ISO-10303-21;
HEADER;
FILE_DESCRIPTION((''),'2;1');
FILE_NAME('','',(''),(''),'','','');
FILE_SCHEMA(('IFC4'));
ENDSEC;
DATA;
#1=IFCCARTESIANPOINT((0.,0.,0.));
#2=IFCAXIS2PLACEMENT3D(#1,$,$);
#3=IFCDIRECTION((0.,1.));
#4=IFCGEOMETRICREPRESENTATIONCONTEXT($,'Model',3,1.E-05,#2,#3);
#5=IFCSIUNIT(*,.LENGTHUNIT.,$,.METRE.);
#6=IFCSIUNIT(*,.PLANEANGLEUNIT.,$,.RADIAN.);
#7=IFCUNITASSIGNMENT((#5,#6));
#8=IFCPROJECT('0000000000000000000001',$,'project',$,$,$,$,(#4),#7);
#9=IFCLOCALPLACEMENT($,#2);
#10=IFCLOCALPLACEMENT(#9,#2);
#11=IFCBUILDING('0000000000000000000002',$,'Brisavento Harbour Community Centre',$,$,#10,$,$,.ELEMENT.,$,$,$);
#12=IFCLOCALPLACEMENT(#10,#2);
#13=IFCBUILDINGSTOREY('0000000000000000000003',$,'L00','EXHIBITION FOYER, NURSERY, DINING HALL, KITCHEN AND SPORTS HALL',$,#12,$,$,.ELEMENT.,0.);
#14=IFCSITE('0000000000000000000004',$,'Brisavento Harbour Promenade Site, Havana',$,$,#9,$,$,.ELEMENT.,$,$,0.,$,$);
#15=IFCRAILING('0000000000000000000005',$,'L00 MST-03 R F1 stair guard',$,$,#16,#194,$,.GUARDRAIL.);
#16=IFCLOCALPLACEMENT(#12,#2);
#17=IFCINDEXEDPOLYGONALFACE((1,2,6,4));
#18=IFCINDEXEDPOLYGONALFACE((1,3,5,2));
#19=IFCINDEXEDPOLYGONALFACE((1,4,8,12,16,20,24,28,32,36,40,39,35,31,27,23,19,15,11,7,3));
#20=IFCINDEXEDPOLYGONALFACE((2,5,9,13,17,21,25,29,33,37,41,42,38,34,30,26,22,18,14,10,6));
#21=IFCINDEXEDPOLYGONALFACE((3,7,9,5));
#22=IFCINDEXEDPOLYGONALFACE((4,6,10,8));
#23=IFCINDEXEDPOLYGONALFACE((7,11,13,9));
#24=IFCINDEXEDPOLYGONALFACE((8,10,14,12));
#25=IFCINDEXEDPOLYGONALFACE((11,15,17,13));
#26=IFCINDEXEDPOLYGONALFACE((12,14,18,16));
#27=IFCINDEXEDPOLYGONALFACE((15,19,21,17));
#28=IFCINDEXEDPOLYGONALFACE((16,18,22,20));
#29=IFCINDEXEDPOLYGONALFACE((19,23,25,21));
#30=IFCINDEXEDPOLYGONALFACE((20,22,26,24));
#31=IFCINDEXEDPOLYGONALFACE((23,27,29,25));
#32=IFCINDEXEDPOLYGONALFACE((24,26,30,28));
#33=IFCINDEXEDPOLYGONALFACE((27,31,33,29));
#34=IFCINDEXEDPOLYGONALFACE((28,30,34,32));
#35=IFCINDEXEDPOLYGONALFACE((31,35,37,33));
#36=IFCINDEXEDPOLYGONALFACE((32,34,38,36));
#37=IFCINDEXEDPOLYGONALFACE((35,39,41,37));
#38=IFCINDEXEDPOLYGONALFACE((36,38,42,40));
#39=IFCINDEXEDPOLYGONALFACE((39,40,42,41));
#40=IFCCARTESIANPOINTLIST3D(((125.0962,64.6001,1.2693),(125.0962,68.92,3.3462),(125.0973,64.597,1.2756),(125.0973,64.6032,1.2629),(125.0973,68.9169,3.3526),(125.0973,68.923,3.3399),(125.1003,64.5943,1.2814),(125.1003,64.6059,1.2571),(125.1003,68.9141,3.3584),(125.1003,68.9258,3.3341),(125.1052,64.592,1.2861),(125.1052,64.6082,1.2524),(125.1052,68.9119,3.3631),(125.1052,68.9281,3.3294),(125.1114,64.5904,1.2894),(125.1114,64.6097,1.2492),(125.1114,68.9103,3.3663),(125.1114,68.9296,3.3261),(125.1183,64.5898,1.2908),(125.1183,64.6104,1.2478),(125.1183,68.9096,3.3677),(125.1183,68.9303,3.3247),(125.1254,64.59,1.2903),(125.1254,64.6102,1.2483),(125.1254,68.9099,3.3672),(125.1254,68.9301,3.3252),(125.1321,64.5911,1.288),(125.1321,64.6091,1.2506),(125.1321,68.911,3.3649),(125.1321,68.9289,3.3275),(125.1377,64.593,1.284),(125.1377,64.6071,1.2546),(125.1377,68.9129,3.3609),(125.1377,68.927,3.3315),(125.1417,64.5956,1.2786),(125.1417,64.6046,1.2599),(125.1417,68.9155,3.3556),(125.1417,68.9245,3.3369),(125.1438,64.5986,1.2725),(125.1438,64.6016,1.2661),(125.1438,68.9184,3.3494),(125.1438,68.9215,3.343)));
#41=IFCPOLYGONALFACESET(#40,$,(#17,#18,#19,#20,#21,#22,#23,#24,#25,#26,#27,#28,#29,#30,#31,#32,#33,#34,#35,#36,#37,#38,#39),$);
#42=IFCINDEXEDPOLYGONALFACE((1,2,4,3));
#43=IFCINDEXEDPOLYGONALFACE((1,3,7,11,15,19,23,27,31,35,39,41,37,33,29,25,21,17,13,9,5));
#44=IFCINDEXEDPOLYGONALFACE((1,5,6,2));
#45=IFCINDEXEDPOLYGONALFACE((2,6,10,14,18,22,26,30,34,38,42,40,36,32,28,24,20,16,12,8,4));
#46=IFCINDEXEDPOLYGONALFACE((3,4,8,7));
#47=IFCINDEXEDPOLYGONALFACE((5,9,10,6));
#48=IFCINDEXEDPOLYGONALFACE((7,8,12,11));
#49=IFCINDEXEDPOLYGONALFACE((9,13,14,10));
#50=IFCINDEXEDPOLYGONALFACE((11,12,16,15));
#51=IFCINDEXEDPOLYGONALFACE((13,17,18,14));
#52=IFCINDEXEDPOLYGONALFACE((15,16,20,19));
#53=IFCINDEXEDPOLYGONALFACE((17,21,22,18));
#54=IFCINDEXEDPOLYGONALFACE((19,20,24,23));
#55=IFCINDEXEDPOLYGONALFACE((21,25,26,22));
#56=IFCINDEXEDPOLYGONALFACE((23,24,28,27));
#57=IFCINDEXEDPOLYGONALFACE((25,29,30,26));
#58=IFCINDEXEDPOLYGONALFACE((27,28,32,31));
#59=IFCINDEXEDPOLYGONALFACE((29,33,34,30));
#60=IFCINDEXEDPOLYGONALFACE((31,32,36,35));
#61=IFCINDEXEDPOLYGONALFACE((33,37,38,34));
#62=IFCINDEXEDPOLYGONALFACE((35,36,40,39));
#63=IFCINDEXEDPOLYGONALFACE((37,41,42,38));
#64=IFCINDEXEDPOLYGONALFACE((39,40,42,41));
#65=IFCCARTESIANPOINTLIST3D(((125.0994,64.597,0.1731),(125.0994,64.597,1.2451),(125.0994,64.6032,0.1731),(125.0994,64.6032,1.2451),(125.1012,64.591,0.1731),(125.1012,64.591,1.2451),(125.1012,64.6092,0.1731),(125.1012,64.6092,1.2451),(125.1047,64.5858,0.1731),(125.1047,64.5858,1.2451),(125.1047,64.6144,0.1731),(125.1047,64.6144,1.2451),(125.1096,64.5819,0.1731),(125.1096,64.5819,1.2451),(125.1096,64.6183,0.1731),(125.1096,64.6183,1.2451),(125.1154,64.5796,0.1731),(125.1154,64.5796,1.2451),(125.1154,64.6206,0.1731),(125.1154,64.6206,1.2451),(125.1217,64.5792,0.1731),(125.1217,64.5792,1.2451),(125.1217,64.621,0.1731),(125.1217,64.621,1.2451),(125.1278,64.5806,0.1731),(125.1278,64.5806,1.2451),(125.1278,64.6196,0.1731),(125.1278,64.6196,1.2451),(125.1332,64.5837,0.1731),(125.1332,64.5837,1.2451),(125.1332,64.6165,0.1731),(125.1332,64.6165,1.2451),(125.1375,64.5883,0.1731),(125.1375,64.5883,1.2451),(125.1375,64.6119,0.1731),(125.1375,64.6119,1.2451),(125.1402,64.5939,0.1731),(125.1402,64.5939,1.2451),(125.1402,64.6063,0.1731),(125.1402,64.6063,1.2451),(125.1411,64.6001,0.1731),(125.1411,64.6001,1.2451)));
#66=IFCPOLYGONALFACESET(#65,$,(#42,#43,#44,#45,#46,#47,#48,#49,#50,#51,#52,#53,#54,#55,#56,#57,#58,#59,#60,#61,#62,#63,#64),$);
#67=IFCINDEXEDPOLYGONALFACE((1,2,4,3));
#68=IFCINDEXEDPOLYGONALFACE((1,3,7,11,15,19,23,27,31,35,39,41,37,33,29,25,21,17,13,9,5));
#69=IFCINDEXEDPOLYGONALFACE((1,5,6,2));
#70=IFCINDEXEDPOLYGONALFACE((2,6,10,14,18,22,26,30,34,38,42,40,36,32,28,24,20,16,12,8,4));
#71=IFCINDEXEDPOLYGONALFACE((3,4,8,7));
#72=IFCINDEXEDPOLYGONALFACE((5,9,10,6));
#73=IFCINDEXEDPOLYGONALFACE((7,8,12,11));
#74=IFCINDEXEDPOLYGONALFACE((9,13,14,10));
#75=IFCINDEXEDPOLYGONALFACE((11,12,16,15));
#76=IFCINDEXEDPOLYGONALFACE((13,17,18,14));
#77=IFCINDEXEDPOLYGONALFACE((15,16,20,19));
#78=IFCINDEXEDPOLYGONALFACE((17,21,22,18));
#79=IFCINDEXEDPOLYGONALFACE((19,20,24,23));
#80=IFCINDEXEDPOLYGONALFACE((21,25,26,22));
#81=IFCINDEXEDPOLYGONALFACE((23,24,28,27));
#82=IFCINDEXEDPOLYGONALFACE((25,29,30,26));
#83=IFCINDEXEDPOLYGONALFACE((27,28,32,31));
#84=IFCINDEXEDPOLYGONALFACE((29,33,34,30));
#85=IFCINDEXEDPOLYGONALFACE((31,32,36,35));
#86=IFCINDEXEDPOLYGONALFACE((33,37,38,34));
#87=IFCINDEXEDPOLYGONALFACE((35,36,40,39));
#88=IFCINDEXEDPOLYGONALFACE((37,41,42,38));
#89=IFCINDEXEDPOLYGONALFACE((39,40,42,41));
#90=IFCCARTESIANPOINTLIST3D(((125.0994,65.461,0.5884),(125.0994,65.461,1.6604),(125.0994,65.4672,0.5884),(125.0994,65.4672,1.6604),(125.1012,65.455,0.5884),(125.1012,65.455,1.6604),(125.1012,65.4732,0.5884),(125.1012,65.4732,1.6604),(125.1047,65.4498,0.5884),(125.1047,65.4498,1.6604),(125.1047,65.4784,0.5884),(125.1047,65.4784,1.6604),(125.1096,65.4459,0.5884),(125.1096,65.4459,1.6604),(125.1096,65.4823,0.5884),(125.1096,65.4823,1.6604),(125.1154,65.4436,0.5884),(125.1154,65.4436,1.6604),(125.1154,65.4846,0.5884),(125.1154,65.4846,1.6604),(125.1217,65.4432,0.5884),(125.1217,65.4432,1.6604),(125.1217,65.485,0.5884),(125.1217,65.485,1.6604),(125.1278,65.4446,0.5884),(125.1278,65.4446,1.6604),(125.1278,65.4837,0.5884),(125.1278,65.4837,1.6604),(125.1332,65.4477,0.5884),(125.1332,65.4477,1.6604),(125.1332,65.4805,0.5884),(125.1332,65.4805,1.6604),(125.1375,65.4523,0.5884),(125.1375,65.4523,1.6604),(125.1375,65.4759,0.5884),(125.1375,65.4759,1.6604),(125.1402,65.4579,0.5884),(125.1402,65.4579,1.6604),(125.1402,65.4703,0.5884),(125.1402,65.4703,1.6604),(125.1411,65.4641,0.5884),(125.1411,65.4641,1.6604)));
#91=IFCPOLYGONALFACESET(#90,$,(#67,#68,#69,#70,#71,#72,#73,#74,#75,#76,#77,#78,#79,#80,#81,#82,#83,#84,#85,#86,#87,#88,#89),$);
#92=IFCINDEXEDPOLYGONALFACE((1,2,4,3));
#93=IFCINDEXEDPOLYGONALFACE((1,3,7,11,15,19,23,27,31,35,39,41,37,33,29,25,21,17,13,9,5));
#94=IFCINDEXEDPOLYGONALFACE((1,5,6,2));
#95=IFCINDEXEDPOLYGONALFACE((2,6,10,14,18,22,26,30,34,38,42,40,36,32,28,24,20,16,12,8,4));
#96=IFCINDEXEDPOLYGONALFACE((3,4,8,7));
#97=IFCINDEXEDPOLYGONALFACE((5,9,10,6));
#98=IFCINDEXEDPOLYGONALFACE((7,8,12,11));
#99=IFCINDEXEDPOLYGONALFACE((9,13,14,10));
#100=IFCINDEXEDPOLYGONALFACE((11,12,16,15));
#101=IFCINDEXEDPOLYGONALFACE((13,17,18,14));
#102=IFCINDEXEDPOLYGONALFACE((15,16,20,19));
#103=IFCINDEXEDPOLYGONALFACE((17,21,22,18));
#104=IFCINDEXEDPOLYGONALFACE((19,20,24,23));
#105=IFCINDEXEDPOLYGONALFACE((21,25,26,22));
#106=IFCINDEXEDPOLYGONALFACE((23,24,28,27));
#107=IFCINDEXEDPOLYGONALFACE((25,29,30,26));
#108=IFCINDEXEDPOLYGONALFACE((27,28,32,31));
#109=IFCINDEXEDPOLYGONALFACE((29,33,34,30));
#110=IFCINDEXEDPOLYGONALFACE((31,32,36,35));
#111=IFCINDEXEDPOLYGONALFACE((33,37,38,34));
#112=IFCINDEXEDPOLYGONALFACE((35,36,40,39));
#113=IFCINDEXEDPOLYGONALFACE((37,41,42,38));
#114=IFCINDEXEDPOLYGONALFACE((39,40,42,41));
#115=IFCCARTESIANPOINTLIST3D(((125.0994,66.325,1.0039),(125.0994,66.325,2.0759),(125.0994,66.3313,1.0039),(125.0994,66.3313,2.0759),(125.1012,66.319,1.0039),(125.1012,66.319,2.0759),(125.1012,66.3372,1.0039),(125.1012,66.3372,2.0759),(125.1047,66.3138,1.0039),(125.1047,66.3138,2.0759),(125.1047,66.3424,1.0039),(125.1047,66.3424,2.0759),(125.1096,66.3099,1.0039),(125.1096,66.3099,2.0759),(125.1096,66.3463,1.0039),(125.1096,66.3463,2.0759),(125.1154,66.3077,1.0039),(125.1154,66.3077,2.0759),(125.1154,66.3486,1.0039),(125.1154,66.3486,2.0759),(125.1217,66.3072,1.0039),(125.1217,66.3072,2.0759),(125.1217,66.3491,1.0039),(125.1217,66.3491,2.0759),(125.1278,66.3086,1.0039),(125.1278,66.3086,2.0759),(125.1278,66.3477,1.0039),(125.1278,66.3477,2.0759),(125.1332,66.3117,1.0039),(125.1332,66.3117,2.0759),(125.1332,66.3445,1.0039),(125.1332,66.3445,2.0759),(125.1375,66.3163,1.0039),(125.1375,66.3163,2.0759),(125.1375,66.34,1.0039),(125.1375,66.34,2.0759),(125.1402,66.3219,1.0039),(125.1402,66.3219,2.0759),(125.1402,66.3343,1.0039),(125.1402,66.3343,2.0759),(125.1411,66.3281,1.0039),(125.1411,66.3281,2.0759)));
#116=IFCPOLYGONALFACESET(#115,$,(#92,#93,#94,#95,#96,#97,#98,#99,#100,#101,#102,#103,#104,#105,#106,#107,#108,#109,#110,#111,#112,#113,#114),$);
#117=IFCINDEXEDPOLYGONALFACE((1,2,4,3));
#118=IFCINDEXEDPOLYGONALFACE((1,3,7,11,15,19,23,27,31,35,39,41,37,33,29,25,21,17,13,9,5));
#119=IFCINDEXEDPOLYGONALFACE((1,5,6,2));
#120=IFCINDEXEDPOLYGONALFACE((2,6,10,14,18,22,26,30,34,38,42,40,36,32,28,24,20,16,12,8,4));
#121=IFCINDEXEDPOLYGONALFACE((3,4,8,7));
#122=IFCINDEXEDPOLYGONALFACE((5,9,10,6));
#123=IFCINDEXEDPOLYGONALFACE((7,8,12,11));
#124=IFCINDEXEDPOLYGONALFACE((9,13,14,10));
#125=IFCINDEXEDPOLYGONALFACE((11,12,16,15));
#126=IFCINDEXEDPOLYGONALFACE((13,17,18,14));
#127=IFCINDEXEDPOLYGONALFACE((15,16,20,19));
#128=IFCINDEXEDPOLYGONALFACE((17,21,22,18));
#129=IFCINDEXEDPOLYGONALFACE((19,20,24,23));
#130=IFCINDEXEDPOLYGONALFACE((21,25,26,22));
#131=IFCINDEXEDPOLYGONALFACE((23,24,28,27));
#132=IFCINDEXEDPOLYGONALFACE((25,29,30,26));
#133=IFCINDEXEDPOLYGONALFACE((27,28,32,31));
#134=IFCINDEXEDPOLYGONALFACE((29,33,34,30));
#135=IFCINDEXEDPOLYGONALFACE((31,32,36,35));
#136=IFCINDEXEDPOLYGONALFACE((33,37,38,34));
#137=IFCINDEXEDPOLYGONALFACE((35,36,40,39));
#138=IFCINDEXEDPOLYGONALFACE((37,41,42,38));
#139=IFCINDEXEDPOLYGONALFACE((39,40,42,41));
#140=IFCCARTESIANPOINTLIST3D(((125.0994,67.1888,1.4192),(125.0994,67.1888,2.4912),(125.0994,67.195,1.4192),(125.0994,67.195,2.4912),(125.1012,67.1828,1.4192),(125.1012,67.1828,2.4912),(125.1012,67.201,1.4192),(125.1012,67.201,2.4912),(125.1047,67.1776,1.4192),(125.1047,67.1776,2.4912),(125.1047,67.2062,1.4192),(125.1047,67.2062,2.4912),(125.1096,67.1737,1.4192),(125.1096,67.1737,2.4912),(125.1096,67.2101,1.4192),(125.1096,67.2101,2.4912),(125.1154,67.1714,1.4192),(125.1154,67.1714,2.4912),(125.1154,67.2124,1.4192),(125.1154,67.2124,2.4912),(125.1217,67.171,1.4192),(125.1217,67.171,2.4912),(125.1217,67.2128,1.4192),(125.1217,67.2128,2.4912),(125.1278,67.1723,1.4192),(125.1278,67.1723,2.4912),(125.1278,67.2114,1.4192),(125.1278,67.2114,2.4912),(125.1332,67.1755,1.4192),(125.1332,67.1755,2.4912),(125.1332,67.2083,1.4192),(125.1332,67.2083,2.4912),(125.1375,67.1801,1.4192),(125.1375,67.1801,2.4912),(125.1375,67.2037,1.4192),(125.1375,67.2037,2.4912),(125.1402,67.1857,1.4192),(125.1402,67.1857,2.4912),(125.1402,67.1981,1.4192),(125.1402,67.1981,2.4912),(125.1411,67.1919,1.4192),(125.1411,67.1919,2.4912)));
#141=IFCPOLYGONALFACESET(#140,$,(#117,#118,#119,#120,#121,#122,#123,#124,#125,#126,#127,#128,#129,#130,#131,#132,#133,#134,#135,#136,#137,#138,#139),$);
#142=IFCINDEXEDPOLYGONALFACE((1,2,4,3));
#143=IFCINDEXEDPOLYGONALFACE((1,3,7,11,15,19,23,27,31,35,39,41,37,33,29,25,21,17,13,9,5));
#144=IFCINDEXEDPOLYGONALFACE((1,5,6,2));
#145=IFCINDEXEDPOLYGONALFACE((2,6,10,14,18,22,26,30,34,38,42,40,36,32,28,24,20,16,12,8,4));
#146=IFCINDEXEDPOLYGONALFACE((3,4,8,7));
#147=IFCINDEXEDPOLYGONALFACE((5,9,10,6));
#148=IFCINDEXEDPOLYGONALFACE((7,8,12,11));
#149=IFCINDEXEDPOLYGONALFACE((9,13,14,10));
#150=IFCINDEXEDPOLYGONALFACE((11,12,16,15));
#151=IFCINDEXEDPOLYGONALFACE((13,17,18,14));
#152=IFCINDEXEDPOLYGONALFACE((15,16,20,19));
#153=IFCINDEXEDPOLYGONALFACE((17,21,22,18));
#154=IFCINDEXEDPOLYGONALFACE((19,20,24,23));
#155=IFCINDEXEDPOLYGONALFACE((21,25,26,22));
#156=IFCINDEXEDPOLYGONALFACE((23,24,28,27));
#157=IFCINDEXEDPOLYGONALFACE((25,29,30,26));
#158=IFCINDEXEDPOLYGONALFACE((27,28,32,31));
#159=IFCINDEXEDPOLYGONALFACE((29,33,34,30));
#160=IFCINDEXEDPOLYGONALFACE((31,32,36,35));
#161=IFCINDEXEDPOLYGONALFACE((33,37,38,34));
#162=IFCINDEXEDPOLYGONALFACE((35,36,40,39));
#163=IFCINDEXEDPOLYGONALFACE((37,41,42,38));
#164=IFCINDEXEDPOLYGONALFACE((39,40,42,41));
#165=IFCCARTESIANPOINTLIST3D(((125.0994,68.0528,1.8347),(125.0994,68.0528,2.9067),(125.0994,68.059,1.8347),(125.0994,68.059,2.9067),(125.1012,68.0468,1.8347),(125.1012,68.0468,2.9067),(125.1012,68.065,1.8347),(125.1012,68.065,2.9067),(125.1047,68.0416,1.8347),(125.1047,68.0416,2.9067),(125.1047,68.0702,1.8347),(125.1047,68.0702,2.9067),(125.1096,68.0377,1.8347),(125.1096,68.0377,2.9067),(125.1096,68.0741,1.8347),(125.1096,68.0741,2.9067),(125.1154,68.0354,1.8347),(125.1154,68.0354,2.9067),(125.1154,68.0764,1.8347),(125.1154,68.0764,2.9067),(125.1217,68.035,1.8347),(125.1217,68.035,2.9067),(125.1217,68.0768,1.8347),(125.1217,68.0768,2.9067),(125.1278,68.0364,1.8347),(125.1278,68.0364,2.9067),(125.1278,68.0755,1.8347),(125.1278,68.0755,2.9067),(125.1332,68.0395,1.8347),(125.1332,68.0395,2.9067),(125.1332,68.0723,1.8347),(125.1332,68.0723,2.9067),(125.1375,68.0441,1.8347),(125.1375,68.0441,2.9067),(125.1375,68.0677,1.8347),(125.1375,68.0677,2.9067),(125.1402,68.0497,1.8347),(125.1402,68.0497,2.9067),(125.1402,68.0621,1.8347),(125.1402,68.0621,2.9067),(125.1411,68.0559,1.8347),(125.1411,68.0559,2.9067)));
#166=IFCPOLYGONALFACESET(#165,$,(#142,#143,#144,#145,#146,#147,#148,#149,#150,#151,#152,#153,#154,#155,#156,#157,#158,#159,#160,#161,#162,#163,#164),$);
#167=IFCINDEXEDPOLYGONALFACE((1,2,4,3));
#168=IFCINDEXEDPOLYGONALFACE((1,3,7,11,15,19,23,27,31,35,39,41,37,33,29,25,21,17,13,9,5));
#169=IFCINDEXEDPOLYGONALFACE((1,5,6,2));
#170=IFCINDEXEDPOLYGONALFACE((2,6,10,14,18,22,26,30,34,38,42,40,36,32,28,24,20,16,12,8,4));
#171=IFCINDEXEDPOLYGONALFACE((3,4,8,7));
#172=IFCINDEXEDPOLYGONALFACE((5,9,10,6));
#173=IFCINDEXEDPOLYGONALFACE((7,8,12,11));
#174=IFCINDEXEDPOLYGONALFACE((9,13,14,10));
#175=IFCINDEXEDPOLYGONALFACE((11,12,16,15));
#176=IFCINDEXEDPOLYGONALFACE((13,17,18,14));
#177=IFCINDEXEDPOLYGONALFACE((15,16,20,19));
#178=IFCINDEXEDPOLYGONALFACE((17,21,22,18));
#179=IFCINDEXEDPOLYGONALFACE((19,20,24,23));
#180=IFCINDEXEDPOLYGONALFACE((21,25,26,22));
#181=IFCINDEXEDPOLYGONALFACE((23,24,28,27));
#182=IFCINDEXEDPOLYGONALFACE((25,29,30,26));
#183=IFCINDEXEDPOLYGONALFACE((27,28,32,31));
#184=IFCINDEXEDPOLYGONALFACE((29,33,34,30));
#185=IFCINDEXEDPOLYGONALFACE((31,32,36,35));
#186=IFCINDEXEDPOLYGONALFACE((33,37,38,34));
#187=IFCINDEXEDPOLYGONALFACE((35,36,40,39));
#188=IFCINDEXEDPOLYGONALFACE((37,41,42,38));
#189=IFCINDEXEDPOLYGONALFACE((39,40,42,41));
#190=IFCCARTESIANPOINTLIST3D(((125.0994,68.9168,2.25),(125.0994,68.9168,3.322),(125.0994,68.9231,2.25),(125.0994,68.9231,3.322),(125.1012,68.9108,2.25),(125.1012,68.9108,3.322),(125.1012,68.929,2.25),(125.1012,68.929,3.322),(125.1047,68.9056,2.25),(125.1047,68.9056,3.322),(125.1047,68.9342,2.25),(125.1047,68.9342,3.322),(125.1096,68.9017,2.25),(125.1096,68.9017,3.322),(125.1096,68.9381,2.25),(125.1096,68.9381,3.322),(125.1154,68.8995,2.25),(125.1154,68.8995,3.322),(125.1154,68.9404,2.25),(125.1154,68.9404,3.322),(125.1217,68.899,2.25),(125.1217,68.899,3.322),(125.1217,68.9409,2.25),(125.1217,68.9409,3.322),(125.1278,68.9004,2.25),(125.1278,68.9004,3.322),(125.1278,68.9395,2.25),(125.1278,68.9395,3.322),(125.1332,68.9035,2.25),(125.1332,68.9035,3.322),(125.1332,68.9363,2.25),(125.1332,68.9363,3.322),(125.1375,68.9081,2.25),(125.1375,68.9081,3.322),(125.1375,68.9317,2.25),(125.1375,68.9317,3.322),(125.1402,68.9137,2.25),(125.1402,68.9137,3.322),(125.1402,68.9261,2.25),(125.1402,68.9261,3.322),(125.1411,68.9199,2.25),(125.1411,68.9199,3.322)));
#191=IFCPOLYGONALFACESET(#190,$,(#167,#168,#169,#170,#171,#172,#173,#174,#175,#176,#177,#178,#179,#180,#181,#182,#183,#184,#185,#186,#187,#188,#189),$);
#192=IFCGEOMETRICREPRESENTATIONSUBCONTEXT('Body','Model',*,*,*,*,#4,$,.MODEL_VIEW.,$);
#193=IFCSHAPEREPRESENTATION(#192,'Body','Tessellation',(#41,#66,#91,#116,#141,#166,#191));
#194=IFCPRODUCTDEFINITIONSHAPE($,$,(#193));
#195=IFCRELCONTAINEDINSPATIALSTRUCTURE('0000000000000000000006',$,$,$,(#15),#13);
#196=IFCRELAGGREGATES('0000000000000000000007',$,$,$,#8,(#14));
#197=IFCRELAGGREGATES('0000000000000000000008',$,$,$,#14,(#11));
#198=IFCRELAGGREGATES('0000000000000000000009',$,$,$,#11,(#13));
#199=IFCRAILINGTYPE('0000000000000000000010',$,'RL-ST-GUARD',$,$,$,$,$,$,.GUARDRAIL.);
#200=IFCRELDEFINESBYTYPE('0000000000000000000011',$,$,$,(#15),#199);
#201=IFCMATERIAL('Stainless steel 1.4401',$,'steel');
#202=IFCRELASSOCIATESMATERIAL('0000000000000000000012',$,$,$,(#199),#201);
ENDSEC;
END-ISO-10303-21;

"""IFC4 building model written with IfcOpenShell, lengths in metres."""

from ifc_helpers import new_model, si_unit, direction, frame, origin, origin_2d, place, context, subcontext, project, spatial, circle, extrude, material, type_object, element, save


model = new_model("IFC4")

# Units and contexts
model_context = context("Model", 3, precision=1e-05, world=origin(), true_north=direction((0.0, 1.0)))
body_context = subcontext(model_context, "Body", "Model", "MODEL_VIEW")
ifc_project = project(units=[si_unit("LENGTHUNIT", "METRE"), si_unit("PLANEANGLEUNIT", "RADIAN")], contexts=[model_context])

# Site, building, storey
site_placement = place(None, origin())
site = spatial("IfcSite", under=ifc_project, at=site_placement, Name="Brisavento Harbour Promenade Site, Havana", CompositionType="ELEMENT", RefElevation=0.0)
building_placement = place(site_placement, origin())
building = spatial("IfcBuilding", under=site, at=building_placement, Name="Brisavento Harbour Community Centre", CompositionType="ELEMENT")
storey_placement = place(building_placement, origin())
storey = spatial("IfcBuildingStorey", under=building, at=storey_placement, Name="L00", Description="EXHIBITION FOYER, NURSERY, DINING HALL, KITCHEN AND SPORTS HALL", CompositionType="ELEMENT", Elevation=0.0)

# Railing
ifc_material_1 = material(Name="Stainless steel 1.4401", Category="steel")
railing_type = type_object("IfcRailingType", Name="RL-ST-GUARD", PredefinedType="GUARDRAIL", material=ifc_material_1)
railing_1_placement = place(storey_placement, frame((125.1201, 64.6001, 0.1731)))
element("IfcRailing", 1, at=railing_1_placement, inside=storey, type_object=railing_type, Name="L00 MST-03 R F1 stair guard", PredefinedType="GUARDRAIL", context=body_context, shape_type="SweptSolid", body=[
    extrude(circle(Radius=0.0239, at=origin_2d()), frame((0.0, 0.0, 1.0962), z_axis=(0.0, 0.901247, 0.433306), x_axis=(-1.0, 0.0, 0.0)), (0.0, 0.0, 1.0), 4.7932),
    extrude(circle(Radius=0.021, at=origin_2d()), origin(), (0.0, 0.0, 1.0), 1.072),
    extrude(circle(Radius=0.021, at=origin_2d()), frame((0.0, 0.864, 0.4153)), (0.0, 0.0, 1.0), 1.072),
    extrude(circle(Radius=0.021, at=origin_2d()), frame((0.0, 1.728, 0.8308)), (0.0, 0.0, 1.0), 1.072),
    extrude(circle(Radius=0.021, at=origin_2d()), frame((0.0, 2.5918, 1.2461)), (0.0, 0.0, 1.0), 1.072),
    extrude(circle(Radius=0.021, at=origin_2d()), frame((0.0, 3.4558, 1.6616)), (0.0, 0.0, 1.0), 1.072),
    extrude(circle(Radius=0.021, at=origin_2d()), frame((0.0, 4.3198, 2.0769)), (0.0, 0.0, 1.0), 1.072),
])

save(model, "model.ifc")
